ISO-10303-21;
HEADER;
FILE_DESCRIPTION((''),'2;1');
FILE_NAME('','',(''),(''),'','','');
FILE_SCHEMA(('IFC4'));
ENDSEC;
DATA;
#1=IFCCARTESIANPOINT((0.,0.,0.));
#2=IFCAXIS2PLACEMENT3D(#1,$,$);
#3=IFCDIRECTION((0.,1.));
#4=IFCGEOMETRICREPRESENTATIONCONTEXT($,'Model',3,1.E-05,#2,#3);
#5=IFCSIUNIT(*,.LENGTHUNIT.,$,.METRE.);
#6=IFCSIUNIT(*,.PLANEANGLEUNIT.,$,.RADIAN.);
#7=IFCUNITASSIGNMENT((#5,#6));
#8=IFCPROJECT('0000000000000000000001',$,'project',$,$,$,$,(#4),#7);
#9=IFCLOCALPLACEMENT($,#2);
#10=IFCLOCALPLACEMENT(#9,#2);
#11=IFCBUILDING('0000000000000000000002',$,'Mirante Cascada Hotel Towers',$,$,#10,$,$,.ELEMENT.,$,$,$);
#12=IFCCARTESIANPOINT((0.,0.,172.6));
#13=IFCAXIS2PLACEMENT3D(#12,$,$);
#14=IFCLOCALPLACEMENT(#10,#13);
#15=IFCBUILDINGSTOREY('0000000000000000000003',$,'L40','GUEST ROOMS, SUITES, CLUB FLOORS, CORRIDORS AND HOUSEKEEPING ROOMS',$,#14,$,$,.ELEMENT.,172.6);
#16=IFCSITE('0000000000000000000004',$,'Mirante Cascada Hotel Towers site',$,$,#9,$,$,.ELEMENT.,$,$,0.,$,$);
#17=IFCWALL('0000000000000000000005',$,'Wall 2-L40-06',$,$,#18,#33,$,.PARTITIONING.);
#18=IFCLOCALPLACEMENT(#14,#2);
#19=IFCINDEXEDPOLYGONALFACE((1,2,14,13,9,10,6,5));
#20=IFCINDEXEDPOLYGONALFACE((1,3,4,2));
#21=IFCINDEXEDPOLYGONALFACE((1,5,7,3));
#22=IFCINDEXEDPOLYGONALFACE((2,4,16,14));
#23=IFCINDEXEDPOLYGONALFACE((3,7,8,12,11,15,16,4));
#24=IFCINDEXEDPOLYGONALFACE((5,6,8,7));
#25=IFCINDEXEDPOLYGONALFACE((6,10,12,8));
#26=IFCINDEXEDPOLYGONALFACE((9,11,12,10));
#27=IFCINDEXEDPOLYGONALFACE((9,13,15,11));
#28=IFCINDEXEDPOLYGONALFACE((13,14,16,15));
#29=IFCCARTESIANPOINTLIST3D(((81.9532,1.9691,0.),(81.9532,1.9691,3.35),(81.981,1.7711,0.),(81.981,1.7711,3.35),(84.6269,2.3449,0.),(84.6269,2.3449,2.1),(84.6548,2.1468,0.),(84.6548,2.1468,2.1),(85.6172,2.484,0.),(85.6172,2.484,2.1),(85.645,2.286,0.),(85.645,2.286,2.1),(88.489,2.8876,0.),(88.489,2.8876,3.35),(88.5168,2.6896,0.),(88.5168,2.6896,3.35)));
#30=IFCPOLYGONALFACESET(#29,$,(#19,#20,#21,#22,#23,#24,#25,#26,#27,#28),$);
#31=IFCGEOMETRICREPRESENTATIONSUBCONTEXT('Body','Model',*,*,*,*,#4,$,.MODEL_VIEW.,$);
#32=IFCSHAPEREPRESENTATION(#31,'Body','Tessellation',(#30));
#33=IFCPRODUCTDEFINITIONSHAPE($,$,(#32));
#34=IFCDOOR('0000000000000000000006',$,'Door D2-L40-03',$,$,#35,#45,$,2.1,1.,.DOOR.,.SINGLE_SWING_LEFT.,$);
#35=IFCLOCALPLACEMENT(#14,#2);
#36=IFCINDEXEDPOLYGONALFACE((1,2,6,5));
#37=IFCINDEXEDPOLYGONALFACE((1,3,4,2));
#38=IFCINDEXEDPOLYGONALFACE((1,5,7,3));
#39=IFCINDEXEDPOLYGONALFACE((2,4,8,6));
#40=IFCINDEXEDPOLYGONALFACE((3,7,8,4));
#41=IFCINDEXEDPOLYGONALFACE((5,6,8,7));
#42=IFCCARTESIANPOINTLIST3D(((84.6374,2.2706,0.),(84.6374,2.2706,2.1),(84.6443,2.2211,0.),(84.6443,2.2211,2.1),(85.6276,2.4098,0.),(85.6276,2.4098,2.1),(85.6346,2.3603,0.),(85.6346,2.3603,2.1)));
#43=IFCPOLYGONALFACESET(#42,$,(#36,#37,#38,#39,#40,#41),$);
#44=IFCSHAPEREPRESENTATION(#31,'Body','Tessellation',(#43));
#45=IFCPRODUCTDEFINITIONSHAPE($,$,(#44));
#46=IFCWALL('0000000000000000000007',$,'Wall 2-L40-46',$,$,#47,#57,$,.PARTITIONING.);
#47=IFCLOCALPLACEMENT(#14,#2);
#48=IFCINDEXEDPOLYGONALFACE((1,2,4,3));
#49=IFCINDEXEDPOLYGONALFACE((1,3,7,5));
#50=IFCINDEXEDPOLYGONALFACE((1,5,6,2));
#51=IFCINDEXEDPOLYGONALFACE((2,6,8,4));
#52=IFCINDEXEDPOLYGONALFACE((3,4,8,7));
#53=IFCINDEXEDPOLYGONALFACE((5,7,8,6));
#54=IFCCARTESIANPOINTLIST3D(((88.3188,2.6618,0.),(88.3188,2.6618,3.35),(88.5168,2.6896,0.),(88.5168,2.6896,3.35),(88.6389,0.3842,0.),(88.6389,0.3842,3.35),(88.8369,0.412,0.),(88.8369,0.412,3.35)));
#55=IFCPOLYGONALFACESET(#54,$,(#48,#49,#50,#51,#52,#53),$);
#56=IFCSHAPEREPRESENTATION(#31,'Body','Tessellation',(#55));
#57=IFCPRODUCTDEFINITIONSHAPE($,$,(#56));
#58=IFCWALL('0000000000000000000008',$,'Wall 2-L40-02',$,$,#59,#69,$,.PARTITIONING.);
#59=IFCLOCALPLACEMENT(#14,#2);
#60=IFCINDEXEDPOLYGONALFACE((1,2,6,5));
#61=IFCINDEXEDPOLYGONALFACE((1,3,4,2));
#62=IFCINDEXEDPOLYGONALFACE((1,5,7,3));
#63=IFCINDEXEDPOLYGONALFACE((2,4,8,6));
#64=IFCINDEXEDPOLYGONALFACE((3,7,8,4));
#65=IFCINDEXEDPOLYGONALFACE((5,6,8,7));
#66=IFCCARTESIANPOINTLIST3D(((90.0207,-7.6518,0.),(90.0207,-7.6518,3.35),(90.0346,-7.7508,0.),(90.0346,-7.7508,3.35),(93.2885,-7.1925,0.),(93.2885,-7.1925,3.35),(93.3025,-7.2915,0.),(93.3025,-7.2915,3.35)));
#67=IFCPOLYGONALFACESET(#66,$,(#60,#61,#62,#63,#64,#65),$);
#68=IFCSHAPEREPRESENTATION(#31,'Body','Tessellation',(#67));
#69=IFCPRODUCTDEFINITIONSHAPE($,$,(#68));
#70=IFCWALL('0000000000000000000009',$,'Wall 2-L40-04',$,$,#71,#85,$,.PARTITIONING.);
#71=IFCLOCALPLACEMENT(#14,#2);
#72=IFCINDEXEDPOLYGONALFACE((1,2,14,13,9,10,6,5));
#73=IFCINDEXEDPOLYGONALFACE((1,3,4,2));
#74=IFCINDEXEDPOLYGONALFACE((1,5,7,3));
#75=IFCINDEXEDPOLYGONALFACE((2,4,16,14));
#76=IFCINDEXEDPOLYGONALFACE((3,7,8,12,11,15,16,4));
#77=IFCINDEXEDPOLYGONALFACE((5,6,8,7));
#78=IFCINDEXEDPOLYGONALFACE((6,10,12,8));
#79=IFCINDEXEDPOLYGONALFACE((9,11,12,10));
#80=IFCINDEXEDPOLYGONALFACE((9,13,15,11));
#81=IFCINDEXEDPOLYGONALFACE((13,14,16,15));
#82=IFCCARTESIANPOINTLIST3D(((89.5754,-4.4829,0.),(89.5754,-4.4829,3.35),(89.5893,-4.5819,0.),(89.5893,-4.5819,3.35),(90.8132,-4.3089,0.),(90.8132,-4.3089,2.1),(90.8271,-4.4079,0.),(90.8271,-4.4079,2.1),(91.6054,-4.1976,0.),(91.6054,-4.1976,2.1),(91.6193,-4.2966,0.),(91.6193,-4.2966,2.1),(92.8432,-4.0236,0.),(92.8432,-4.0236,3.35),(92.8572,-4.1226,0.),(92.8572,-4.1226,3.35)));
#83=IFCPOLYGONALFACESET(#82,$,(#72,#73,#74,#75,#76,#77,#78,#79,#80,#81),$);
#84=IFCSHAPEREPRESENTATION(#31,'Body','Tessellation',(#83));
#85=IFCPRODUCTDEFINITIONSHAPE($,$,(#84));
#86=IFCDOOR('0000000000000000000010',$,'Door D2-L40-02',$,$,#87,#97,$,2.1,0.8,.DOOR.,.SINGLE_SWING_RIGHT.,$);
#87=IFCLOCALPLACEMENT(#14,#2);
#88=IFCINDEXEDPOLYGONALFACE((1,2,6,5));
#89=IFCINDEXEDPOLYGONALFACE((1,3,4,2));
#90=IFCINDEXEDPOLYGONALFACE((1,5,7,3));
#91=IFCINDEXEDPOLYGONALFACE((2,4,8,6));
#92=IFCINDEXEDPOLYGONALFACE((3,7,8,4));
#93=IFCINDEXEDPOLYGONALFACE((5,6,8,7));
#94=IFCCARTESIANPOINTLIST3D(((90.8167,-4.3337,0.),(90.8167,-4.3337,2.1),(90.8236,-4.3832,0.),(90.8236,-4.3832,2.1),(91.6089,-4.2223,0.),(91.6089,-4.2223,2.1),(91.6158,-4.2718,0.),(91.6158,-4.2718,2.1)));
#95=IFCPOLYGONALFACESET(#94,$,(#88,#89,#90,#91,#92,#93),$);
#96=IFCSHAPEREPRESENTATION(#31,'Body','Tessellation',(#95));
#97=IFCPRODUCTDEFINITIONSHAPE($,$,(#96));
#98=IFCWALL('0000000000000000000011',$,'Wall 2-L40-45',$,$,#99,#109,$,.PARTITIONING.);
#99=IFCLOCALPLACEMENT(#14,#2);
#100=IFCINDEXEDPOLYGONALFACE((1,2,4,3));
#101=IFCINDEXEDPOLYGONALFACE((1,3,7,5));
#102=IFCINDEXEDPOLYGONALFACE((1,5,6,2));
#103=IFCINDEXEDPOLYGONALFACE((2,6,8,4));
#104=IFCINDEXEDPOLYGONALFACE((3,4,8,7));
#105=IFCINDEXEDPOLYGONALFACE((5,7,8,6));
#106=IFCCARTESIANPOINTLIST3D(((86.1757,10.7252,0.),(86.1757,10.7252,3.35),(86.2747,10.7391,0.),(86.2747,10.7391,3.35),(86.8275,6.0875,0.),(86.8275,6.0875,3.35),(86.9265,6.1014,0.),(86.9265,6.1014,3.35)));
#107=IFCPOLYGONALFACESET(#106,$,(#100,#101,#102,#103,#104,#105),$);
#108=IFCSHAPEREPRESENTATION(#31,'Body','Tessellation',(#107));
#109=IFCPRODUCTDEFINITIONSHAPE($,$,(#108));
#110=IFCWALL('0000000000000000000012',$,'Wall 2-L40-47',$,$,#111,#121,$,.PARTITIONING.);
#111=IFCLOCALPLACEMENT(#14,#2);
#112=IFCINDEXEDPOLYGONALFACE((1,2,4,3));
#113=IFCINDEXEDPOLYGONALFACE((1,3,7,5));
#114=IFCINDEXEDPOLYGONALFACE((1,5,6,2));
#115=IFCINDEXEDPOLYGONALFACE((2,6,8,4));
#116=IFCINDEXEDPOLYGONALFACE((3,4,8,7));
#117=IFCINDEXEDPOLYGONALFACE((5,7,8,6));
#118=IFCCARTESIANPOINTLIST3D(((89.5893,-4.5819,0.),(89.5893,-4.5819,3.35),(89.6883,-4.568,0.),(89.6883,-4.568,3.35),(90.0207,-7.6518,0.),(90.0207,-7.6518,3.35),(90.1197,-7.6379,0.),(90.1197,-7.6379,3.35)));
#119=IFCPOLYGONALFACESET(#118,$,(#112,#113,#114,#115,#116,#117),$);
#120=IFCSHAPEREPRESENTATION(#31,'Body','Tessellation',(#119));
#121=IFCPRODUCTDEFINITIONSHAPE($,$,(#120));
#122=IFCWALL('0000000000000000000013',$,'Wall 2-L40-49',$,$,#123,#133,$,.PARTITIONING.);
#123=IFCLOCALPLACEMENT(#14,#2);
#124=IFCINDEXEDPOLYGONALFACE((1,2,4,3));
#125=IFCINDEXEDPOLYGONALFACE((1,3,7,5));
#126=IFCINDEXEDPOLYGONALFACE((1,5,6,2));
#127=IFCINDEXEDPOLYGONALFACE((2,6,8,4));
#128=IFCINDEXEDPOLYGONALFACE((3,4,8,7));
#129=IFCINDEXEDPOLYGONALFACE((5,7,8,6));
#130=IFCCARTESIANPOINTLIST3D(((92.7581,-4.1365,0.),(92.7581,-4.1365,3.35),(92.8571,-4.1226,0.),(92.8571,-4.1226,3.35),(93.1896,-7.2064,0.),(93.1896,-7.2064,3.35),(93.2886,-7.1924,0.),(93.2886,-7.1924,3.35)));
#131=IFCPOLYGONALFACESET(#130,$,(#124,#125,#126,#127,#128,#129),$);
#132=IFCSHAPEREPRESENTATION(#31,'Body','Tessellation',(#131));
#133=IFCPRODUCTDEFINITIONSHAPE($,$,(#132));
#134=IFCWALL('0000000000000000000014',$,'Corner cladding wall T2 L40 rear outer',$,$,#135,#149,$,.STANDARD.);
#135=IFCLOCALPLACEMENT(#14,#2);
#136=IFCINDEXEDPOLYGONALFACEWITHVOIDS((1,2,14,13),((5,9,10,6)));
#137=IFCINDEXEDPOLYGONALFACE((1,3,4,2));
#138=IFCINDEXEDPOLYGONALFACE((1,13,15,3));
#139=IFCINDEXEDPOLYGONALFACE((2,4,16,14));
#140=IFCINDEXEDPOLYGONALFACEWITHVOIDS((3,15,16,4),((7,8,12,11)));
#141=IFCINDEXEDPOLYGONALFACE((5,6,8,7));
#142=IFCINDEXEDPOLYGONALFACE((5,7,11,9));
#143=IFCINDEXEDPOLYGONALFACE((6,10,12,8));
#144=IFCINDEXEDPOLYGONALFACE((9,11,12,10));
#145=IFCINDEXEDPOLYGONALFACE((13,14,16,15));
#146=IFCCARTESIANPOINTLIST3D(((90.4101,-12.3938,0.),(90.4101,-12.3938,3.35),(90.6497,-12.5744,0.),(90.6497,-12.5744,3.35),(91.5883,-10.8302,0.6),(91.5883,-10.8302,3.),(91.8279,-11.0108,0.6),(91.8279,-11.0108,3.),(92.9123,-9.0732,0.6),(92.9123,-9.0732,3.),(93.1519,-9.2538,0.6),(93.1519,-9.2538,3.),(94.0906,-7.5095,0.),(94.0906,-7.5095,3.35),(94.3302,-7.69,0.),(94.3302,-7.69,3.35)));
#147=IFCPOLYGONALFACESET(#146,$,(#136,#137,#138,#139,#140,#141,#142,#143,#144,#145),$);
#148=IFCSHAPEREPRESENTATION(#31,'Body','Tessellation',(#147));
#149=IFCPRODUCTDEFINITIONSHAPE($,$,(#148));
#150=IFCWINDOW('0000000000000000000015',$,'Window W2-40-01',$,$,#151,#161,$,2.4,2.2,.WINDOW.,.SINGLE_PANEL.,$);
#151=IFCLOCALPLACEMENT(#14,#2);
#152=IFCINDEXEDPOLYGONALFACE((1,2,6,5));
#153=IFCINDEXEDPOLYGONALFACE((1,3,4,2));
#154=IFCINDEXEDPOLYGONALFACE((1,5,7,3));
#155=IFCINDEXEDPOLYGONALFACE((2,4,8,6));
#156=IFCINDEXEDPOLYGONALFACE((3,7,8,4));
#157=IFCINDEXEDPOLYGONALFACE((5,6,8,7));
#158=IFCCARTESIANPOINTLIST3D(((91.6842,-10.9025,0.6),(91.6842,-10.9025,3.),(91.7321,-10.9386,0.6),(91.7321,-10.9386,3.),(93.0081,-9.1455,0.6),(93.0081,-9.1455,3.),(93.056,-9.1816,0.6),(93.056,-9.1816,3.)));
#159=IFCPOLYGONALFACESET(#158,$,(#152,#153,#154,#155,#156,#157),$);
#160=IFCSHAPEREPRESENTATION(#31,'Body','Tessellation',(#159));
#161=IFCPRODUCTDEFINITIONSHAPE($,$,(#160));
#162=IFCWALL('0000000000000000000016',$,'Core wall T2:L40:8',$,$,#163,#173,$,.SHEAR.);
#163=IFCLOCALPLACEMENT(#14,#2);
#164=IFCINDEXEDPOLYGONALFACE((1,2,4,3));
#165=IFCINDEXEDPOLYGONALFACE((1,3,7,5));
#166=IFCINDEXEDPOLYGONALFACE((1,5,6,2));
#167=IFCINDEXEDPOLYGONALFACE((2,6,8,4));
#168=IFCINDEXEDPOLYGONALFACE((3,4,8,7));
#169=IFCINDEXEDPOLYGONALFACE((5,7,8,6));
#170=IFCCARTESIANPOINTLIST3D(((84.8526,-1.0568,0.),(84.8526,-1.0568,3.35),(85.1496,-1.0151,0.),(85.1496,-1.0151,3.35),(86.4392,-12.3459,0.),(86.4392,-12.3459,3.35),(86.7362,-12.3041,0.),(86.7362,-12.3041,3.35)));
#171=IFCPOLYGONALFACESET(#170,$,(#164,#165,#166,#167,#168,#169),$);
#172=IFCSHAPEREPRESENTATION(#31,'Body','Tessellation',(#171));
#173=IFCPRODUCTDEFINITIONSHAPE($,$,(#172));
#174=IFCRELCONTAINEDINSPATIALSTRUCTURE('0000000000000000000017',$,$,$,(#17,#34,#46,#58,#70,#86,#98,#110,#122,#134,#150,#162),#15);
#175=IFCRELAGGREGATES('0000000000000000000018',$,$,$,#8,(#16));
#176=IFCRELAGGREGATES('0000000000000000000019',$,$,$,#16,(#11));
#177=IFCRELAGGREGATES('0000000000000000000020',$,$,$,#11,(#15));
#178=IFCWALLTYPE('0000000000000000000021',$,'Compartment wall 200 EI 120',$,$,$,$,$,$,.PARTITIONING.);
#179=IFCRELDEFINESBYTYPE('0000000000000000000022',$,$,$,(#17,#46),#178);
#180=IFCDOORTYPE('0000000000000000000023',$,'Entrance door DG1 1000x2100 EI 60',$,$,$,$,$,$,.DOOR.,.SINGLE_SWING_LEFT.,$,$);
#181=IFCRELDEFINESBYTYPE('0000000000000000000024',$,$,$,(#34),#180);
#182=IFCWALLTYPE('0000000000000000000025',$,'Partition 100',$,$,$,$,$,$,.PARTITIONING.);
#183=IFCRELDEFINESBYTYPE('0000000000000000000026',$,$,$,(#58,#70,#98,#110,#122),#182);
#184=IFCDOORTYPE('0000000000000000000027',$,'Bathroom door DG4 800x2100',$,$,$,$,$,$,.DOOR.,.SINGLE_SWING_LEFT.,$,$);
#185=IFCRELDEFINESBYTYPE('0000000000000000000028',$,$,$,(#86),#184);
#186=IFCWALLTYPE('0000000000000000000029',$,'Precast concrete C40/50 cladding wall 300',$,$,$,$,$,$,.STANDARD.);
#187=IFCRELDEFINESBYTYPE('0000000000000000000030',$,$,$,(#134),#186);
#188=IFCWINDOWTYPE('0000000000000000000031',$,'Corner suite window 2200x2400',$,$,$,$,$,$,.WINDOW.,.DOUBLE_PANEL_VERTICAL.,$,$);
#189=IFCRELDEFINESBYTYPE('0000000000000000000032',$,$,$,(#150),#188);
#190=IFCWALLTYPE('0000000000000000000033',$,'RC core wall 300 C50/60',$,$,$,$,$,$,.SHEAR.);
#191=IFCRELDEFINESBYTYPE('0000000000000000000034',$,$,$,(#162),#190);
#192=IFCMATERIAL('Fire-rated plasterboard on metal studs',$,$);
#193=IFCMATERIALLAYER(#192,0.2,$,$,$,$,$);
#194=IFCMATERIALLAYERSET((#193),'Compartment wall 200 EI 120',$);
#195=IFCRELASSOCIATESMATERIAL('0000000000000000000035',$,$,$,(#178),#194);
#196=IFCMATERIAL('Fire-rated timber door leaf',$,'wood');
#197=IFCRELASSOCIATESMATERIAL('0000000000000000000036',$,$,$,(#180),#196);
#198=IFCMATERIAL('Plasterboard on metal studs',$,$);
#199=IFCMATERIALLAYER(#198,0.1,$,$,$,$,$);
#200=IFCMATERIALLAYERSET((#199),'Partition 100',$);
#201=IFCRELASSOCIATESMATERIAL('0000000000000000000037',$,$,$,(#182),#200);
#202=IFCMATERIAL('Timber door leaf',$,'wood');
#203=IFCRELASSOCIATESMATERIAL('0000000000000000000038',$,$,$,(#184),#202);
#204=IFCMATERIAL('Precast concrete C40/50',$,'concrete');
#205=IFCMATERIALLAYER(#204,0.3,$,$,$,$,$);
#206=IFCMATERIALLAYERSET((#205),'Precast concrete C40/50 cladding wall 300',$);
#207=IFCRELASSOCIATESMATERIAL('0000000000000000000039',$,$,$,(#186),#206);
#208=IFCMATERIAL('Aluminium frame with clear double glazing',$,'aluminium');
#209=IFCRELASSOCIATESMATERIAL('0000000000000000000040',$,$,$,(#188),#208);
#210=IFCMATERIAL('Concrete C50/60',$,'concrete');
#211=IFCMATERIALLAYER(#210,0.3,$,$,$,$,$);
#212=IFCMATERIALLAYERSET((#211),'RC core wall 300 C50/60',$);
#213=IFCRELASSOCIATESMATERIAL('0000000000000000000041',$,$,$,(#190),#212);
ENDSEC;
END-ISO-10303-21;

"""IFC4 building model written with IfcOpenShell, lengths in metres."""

from ifc_helpers import new_model, si_unit, direction, frame, frame_2d, origin, place, context, subcontext, project, spatial, rectangle, extrude, material, layer, layer_set, type_object, element, fill, save


model = new_model("IFC4")

# Units and contexts
model_context = context("Model", 3, precision=1e-05, world=origin(), true_north=direction((0.0, 1.0)))
body_context = subcontext(model_context, "Body", "Model", "MODEL_VIEW")
ifc_project = project(units=[si_unit("LENGTHUNIT", "METRE"), si_unit("PLANEANGLEUNIT", "RADIAN")], contexts=[model_context])

# Site, building, storey
site_placement = place(None, origin())
site = spatial("IfcSite", under=ifc_project, at=site_placement, Name="Mirante Cascada Hotel Towers site", CompositionType="ELEMENT", RefElevation=0.0)
building_placement = place(site_placement, origin())
building = spatial("IfcBuilding", under=site, at=building_placement, Name="Mirante Cascada Hotel Towers", CompositionType="ELEMENT")
storey_placement = place(building_placement, frame((0.0, 0.0, 172.6)))
storey = spatial("IfcBuildingStorey", under=building, at=storey_placement, Name="L40", Description="GUEST ROOMS, SUITES, CLUB FLOORS, CORRIDORS AND HOUSEKEEPING ROOMS", CompositionType="ELEMENT", Elevation=172.6)

# Wall, opening, door
ifc_material_1 = material(Name="Fire-rated plasterboard on metal studs")
ifc_layer_1 = layer(ifc_material_1, 0.2)
ifc_layer_set_1 = layer_set([ifc_layer_1], Name="Compartment wall 200 EI 120")
wall_type_1 = type_object("IfcWallType", Name="Compartment wall 200 EI 120", PredefinedType="PARTITIONING", material=ifc_layer_set_1)
wall_1_placement = place(storey_placement, frame((88.5029, 2.7886, 0.0), z_axis=(0.0, 0.0, 1.0), x_axis=(-0.990269, -0.139166, 0.0)))
wall_1 = element("IfcWall", 1, at=wall_1_placement, inside=storey, type_object=wall_type_1, Name="Wall 2-L40-06", PredefinedType="PARTITIONING", context=body_context, shape_type="SweptSolid", body=[
    extrude(rectangle(XDim=6.6, YDim=0.2, at=frame_2d((3.3, 0.0))), origin(), (0.0, 0.0, 1.0), 3.35),
])
opening_1_placement = place(wall_1_placement, frame((2.9, 0.0, 0.0)))
opening_1 = element("IfcOpeningElement", 2, at=opening_1_placement, cuts=wall_1, PredefinedType="OPENING", context=body_context, shape_type="SweptSolid", body=[
    extrude(rectangle(XDim=1.0, YDim=2.1, at=frame_2d((0.5, 1.05))), frame((0.0, 0.1, 0.0), z_axis=(0.0, -1.0, 0.0), x_axis=(1.0, 0.0, 0.0)), (0.0, 0.0, 1.0), 0.2),
])
ifc_material_2 = material(Name="Fire-rated timber door leaf", Category="wood")
door_type_1 = type_object("IfcDoorType", Name="Entrance door DG1 1000x2100 EI 60", OperationType="SINGLE_SWING_LEFT", PredefinedType="DOOR", material=ifc_material_2)
door_1_placement = place(opening_1_placement, origin())
door_1 = element("IfcDoor", 3, at=door_1_placement, inside=storey, type_object=door_type_1, Name="Door D2-L40-03", OperationType="SINGLE_SWING_LEFT", OverallHeight=2.1, OverallWidth=1.0, PredefinedType="DOOR", context=body_context, shape_type="SweptSolid", body=[
    extrude(rectangle(XDim=1.0, YDim=2.1, at=frame_2d((0.5, 1.05))), frame((0.0, 0.025, 0.0), z_axis=(0.0, -1.0, 0.0), x_axis=(1.0, 0.0, 0.0)), (0.0, 0.0, 1.0), 0.05),
])
fill(opening_1, door_1)

# Walls
wall_2_placement = place(storey_placement, frame((88.4178, 2.6757, 0.0), z_axis=(0.0, 0.0, 1.0), x_axis=(0.139175, -0.990268, 0.0)))
element("IfcWall", 4, at=wall_2_placement, inside=storey, type_object=wall_type_1, Name="Wall 2-L40-46", PredefinedType="PARTITIONING", context=body_context, shape_type="SweptSolid", body=[
    extrude(rectangle(XDim=2.3, YDim=0.2, at=frame_2d((1.15, 0.0))), origin(), (0.0, 0.0, 1.0), 3.35),
])
ifc_material_3 = material(Name="Plasterboard on metal studs")
ifc_layer_2 = layer(ifc_material_3, 0.1)
ifc_layer_set_2 = layer_set([ifc_layer_2], Name="Partition 100")
wall_type_2 = type_object("IfcWallType", Name="Partition 100", PredefinedType="PARTITIONING", material=ifc_layer_set_2)
wall_3_placement = place(storey_placement, frame((93.2955, -7.242, 0.0), z_axis=(0.0, 0.0, 1.0), x_axis=(-0.990267, -0.139181, 0.0)))
element("IfcWall", 5, at=wall_3_placement, inside=storey, type_object=wall_type_2, Name="Wall 2-L40-02", PredefinedType="PARTITIONING", context=body_context, shape_type="SweptSolid", body=[
    extrude(rectangle(XDim=3.3, YDim=0.1, at=frame_2d((1.65, 0.0))), origin(), (0.0, 0.0, 1.0), 3.35),
])

# Wall, opening, door
wall_4_placement = place(storey_placement, frame((92.8502, -4.0731, 0.0), z_axis=(0.0, 0.0, 1.0), x_axis=(-0.990267, -0.139181, 0.0)))
wall_4 = element("IfcWall", 6, at=wall_4_placement, inside=storey, type_object=wall_type_2, Name="Wall 2-L40-04", PredefinedType="PARTITIONING", context=body_context, shape_type="SweptSolid", body=[
    extrude(rectangle(XDim=3.3, YDim=0.1, at=frame_2d((1.65, 0.0))), origin(), (0.0, 0.0, 1.0), 3.35),
])
opening_2_placement = place(wall_4_placement, frame((1.25, 0.0, 0.0)))
opening_2 = element("IfcOpeningElement", 7, at=opening_2_placement, cuts=wall_4, PredefinedType="OPENING", context=body_context, shape_type="SweptSolid", body=[
    extrude(rectangle(XDim=0.8, YDim=2.1, at=frame_2d((0.4, 1.05))), frame((0.0, 0.05, 0.0), z_axis=(0.0, -1.0, 0.0), x_axis=(1.0, 0.0, 0.0)), (0.0, 0.0, 1.0), 0.1),
])
ifc_material_4 = material(Name="Timber door leaf", Category="wood")
door_type_2 = type_object("IfcDoorType", Name="Bathroom door DG4 800x2100", OperationType="SINGLE_SWING_LEFT", PredefinedType="DOOR", material=ifc_material_4)
door_2_placement = place(opening_2_placement, frame((0.8, 0.0, 0.0), z_axis=(0.0, 0.0, 1.0), x_axis=(-1.0, 0.0, 0.0)))
door_2 = element("IfcDoor", 8, at=door_2_placement, inside=storey, type_object=door_type_2, Name="Door D2-L40-02", OperationType="SINGLE_SWING_RIGHT", OverallHeight=2.1, OverallWidth=0.8, PredefinedType="DOOR", context=body_context, shape_type="SweptSolid", body=[
    extrude(rectangle(XDim=0.8, YDim=2.1, at=frame_2d((0.4, 1.05))), frame((0.0, 0.025, 0.0), z_axis=(0.0, -1.0, 0.0), x_axis=(1.0, 0.0, 0.0)), (0.0, 0.0, 1.0), 0.05),
])
fill(opening_2, door_2)

# Walls
wall_5_placement = place(storey_placement, frame((86.877, 6.0945, 0.0), z_axis=(0.0, 0.0, 1.0), x_axis=(-0.139176, 0.990268, 0.0)))
element("IfcWall", 9, at=wall_5_placement, inside=storey, type_object=wall_type_2, Name="Wall 2-L40-45", PredefinedType="PARTITIONING", context=body_context, shape_type="SweptSolid", body=[
    extrude(rectangle(XDim=4.6833, YDim=0.1, at=frame_2d((2.3416, 0.0))), origin(), (0.0, 0.0, 1.0), 3.35),
])
wall_6_placement = place(storey_placement, frame((90.0702, -7.6448, 0.0), z_axis=(0.0, 0.0, 1.0), x_axis=(-0.139158, 0.99027, 0.0)))
element("IfcWall", 10, at=wall_6_placement, inside=storey, type_object=wall_type_2, Name="Wall 2-L40-47", PredefinedType="PARTITIONING", context=body_context, shape_type="SweptSolid", body=[
    extrude(rectangle(XDim=3.1001, YDim=0.1, at=frame_2d((1.55, 0.0))), origin(), (0.0, 0.0, 1.0), 3.35),
])
wall_7_placement = place(storey_placement, frame((93.2391, -7.1994, 0.0), z_axis=(0.0, 0.0, 1.0), x_axis=(-0.139194, 0.990265, 0.0)))
element("IfcWall", 11, at=wall_7_placement, inside=storey, type_object=wall_type_2, Name="Wall 2-L40-49", PredefinedType="PARTITIONING", context=body_context, shape_type="SweptSolid", body=[
    extrude(rectangle(XDim=3.1, YDim=0.1, at=frame_2d((1.55, 0.0))), origin(), (0.0, 0.0, 1.0), 3.35),
])

# Wall, opening, window
ifc_material_5 = material(Name="Precast concrete C40/50", Category="concrete")
ifc_layer_3 = layer(ifc_material_5, 0.3)
ifc_layer_set_3 = layer_set([ifc_layer_3], Name="Precast concrete C40/50 cladding wall 300")
wall_type_3 = type_object("IfcWallType", Name="Precast concrete C40/50 cladding wall 300", PredefinedType="STANDARD", material=ifc_layer_set_3)
wall_8_placement = place(storey_placement, frame((90.5299, -12.4841, 0.0), z_axis=(0.0, 0.0, 1.0), x_axis=(0.601806, 0.798642, 0.0)))
wall_8 = element("IfcWall", 12, at=wall_8_placement, inside=storey, type_object=wall_type_3, Name="Corner cladding wall T2 L40 rear outer", PredefinedType="STANDARD", context=body_context, shape_type="SweptSolid", body=[
    extrude(rectangle(XDim=6.1158, YDim=0.3, at=frame_2d((3.0579, 0.0))), origin(), (0.0, 0.0, 1.0), 3.35),
])
opening_3_placement = place(wall_8_placement, frame((1.9578, 0.0, 0.6)))
opening_3 = element("IfcOpeningElement", 13, at=opening_3_placement, cuts=wall_8, PredefinedType="OPENING", context=body_context, shape_type="SweptSolid", body=[
    extrude(rectangle(XDim=2.2, YDim=2.4, at=frame_2d((1.1, 1.2))), frame((0.0, 0.15, 0.0), z_axis=(0.0, -1.0, 0.0), x_axis=(1.0, 0.0, 0.0)), (0.0, 0.0, 1.0), 0.3),
])
ifc_material_6 = material(Name="Aluminium frame with clear double glazing", Category="aluminium")
window_type = type_object("IfcWindowType", Name="Corner suite window 2200x2400", PartitioningType="DOUBLE_PANEL_VERTICAL", PredefinedType="WINDOW", material=ifc_material_6)
window_placement = place(opening_3_placement, origin())
window = element("IfcWindow", 14, at=window_placement, inside=storey, type_object=window_type, Name="Window W2-40-01", OverallHeight=2.4, OverallWidth=2.2, PartitioningType="SINGLE_PANEL", PredefinedType="WINDOW", context=body_context, shape_type="SweptSolid", body=[
    extrude(rectangle(XDim=2.2, YDim=2.4, at=frame_2d((1.1, 1.2))), frame((0.0, 0.03, 0.0), z_axis=(0.0, -1.0, 0.0), x_axis=(1.0, 0.0, 0.0)), (0.0, 0.0, 1.0), 0.06),
])
fill(opening_3, window)

# Wall
ifc_material_7 = material(Name="Concrete C50/60", Category="concrete")
ifc_layer_4 = layer(ifc_material_7, 0.3)
ifc_layer_set_4 = layer_set([ifc_layer_4], Name="RC core wall 300 C50/60")
wall_type_4 = type_object("IfcWallType", Name="RC core wall 300 C50/60", PredefinedType="SHEAR", material=ifc_layer_set_4)
wall_9_placement = place(storey_placement, frame((86.5877, -12.325, 0.0), z_axis=(0.0, 0.0, 1.0), x_axis=(-0.139175, 0.990268, 0.0)))
element("IfcWall", 15, at=wall_9_placement, inside=storey, type_object=wall_type_4, Name="Core wall T2:L40:8", PredefinedType="SHEAR", context=body_context, shape_type="SweptSolid", body=[
    extrude(rectangle(XDim=11.4, YDim=0.3, at=frame_2d((5.7, 0.0))), origin(), (0.0, 0.0, 1.0), 3.35),
])

save(model, "model.ifc")
